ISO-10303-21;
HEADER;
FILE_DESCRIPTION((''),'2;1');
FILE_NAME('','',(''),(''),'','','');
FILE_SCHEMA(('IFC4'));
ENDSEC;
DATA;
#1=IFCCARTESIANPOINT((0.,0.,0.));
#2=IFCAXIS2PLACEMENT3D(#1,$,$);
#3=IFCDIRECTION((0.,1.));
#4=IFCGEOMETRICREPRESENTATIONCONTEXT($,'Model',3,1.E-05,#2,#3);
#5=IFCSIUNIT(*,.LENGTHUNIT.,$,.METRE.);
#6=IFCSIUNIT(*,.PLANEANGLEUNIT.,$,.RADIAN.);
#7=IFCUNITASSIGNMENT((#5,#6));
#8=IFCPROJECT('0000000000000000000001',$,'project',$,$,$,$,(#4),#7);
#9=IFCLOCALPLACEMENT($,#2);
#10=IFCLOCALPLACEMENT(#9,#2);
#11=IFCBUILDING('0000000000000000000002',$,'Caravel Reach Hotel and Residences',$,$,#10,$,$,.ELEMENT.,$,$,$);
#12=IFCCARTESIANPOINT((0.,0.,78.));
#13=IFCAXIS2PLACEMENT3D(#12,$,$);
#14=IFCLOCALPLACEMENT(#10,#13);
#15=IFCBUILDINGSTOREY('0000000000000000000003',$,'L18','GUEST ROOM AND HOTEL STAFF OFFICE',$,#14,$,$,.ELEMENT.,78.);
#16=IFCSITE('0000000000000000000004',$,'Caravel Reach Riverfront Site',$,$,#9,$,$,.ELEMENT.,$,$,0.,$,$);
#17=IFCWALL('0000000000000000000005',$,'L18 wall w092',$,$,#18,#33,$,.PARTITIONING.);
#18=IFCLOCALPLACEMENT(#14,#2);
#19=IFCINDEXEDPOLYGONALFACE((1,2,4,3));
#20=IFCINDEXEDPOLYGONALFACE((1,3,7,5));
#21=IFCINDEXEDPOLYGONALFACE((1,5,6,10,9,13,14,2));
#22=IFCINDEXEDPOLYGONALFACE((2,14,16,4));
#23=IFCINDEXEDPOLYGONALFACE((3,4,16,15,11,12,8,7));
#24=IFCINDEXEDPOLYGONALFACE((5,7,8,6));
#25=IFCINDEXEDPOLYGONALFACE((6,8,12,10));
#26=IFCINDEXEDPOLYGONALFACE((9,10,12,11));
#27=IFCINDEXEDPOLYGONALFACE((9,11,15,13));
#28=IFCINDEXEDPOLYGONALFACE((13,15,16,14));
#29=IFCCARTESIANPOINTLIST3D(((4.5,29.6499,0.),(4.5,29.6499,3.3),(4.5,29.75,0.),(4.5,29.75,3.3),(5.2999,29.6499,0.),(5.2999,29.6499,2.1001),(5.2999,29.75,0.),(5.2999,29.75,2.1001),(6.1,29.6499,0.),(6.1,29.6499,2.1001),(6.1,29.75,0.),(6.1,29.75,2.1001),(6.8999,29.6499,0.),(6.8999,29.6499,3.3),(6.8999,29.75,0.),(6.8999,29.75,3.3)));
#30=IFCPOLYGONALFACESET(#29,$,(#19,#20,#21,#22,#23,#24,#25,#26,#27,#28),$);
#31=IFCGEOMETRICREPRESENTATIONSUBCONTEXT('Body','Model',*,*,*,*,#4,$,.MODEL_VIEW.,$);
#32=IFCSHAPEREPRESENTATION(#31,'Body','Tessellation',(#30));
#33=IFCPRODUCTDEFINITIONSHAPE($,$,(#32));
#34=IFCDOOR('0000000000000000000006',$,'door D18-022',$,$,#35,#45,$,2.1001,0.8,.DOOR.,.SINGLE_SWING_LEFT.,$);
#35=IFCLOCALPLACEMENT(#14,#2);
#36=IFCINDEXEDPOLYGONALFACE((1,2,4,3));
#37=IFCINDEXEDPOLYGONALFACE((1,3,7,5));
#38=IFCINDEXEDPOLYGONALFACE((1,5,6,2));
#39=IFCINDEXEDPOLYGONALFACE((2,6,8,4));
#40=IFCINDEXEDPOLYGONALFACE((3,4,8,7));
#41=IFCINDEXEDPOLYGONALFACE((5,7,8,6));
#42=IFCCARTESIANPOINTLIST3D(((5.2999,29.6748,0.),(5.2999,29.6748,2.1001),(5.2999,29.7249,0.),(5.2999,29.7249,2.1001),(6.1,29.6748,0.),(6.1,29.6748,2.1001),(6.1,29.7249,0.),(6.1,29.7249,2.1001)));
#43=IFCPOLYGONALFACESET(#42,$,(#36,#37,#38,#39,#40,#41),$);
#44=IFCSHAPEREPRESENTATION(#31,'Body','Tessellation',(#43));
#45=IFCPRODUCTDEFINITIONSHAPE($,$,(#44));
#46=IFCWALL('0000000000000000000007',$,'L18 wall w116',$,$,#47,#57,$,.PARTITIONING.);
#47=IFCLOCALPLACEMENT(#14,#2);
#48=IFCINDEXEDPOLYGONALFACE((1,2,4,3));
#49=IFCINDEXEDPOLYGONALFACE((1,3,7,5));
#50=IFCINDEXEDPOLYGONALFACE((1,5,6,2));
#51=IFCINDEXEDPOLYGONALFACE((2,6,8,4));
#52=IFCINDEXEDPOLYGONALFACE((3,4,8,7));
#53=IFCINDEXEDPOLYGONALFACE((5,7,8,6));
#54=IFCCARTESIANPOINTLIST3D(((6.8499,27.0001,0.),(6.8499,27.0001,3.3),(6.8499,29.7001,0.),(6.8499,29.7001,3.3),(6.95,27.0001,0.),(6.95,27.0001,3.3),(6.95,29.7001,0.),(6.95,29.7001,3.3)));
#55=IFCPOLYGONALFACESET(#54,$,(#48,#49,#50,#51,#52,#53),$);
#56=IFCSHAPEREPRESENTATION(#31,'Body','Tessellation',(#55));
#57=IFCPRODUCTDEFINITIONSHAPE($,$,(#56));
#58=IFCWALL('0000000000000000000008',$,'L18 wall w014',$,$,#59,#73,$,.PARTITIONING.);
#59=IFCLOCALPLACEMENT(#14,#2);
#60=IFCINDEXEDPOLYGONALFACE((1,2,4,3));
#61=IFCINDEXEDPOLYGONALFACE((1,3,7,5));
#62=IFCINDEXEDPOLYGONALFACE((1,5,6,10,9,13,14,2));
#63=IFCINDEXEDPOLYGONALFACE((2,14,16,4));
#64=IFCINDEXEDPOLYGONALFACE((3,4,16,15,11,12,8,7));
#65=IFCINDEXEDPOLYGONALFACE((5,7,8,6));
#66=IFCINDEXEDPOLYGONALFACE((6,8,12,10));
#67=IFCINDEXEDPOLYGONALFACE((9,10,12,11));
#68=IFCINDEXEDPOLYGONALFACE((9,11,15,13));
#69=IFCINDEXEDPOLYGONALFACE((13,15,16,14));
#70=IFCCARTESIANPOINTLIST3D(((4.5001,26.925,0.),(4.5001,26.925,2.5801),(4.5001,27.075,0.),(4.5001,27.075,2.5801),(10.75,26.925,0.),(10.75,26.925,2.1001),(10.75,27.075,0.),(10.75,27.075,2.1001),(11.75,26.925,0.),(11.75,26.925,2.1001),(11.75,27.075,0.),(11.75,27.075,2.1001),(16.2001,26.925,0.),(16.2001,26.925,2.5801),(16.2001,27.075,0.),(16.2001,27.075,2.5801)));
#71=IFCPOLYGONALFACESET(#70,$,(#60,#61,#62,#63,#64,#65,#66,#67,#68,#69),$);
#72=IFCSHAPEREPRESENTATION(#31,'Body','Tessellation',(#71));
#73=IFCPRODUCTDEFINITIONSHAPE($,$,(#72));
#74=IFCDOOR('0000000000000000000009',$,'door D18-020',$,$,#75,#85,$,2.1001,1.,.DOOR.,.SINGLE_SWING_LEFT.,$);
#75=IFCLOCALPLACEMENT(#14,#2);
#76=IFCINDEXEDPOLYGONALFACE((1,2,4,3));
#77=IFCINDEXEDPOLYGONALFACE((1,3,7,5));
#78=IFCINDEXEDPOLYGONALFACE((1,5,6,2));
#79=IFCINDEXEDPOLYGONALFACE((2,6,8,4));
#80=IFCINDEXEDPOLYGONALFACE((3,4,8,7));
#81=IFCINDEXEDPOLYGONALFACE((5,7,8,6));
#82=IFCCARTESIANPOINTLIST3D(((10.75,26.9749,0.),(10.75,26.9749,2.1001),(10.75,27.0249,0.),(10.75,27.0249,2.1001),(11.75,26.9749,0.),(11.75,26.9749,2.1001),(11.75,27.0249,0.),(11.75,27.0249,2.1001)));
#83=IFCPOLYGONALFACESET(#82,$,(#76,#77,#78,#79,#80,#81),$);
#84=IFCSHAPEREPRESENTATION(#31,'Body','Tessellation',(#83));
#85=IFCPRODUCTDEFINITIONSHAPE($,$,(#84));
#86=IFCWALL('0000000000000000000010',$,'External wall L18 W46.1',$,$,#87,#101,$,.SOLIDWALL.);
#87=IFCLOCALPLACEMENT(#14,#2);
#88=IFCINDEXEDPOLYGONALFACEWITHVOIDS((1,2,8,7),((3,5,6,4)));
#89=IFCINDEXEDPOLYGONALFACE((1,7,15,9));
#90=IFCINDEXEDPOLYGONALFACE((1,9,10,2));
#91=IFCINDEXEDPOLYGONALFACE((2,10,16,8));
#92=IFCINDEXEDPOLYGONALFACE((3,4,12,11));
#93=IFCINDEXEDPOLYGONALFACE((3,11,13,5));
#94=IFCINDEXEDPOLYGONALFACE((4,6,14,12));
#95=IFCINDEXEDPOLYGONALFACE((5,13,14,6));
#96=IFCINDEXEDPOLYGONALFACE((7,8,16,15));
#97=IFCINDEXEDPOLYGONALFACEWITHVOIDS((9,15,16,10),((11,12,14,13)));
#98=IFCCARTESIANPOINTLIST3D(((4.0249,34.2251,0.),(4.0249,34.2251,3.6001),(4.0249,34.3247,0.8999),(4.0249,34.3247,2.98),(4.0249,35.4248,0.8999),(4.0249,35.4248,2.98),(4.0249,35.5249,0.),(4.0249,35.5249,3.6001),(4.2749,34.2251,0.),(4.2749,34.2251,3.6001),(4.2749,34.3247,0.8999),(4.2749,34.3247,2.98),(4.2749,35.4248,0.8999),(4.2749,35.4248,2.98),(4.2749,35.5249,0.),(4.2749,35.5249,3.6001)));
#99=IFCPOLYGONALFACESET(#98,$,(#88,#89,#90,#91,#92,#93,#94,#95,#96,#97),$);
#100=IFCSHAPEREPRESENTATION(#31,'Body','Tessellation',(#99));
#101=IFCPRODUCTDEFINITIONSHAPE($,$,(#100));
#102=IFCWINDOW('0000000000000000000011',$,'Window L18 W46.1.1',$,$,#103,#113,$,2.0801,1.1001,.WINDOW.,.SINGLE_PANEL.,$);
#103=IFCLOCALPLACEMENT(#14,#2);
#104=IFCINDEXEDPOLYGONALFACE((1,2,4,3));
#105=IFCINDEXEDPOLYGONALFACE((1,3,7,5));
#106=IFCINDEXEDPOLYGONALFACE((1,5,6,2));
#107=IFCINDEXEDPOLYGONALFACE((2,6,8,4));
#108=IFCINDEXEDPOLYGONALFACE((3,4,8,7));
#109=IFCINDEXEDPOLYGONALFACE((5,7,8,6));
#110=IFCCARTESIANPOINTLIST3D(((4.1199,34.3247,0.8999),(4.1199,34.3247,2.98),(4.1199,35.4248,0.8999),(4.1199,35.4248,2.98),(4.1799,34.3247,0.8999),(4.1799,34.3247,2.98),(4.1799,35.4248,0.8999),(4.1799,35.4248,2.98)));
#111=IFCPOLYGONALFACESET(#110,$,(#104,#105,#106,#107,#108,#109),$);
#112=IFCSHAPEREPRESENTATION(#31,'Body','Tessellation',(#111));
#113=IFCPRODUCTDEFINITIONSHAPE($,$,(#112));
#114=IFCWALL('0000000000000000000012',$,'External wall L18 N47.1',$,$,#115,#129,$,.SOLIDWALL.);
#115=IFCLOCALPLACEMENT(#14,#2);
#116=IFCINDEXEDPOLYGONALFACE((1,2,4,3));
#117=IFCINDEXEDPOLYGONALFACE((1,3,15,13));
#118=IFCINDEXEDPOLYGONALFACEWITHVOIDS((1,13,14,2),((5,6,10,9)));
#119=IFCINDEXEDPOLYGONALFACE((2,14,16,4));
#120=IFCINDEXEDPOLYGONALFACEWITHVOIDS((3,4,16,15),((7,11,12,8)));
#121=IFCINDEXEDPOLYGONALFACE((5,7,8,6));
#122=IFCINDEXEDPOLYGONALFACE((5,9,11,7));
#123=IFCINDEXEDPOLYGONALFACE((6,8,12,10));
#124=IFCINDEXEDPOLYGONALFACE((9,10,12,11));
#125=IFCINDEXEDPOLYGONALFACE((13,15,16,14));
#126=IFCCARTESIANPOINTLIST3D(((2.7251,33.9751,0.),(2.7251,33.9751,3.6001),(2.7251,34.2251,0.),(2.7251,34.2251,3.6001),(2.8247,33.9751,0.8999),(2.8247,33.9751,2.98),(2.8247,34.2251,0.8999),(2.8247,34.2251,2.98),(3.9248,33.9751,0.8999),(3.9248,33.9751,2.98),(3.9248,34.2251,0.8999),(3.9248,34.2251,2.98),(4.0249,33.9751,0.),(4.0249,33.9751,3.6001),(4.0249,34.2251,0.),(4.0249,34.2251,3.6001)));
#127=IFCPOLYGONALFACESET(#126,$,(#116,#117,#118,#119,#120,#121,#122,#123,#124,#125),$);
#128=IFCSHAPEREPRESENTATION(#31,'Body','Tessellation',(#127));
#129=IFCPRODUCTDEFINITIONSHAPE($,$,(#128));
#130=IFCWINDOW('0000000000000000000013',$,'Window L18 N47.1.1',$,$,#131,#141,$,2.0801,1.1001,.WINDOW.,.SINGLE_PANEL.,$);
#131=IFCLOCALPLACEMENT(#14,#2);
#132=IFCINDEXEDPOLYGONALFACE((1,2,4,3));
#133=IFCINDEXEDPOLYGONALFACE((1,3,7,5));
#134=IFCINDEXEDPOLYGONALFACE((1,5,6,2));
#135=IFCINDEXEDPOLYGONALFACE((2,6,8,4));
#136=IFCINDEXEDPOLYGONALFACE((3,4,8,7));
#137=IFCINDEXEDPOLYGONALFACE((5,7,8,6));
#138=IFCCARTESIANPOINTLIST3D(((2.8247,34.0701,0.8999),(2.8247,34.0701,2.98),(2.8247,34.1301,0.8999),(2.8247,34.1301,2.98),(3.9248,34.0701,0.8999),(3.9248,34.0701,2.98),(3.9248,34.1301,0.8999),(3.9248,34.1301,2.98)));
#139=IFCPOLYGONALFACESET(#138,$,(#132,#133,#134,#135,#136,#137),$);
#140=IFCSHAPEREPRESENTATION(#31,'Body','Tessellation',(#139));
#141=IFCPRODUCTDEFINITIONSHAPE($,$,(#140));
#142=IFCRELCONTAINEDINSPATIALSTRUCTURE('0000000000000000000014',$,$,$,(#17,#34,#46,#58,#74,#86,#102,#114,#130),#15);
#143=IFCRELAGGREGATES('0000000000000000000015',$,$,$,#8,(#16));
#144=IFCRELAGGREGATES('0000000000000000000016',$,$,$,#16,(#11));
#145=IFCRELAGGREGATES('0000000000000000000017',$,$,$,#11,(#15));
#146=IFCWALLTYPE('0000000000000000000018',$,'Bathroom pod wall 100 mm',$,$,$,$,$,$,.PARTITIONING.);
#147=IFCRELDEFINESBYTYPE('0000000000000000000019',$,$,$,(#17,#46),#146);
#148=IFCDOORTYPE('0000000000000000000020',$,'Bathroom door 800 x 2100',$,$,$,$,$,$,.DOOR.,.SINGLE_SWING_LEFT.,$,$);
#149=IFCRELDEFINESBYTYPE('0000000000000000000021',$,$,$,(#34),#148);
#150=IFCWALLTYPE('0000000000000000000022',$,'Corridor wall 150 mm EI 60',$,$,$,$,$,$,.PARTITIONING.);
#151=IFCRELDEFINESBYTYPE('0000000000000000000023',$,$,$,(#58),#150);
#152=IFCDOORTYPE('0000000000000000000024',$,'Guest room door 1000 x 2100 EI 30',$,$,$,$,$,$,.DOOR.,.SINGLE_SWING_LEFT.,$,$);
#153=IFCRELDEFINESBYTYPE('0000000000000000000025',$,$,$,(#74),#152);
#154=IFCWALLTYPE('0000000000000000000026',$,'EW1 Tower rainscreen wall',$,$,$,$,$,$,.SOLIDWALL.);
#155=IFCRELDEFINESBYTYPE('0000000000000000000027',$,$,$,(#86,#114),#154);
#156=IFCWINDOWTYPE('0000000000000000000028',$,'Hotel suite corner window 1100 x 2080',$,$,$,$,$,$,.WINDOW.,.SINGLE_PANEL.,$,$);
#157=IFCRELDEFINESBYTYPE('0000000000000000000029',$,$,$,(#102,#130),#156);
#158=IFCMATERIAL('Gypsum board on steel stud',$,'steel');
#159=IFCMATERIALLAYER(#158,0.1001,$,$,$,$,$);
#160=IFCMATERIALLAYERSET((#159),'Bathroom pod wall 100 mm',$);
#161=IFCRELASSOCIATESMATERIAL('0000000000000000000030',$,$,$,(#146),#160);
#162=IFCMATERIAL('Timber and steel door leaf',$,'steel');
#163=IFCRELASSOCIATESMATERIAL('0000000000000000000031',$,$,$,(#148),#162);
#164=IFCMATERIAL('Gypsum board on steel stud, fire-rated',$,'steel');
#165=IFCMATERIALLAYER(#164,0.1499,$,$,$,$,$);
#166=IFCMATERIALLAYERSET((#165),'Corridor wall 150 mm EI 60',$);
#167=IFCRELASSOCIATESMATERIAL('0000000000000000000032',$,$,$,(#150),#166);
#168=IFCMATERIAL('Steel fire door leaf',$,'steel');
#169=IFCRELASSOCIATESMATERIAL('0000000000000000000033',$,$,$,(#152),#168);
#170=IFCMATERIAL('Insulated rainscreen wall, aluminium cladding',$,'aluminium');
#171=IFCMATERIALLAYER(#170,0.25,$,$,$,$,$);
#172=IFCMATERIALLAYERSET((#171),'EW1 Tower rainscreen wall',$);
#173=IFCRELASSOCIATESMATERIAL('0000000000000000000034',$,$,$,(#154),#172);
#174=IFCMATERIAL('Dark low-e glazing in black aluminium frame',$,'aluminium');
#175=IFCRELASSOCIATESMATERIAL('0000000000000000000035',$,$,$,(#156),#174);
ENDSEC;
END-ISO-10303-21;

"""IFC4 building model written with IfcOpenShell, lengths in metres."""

from ifc_helpers import new_model, si_unit, direction, frame, frame_2d, origin, place, context, subcontext, project, spatial, rectangle, extrude, material, layer, layer_set, type_object, element, fill, save


model = new_model("IFC4")

# Units and contexts
model_context = context("Model", 3, precision=1e-05, world=origin(), true_north=direction((0.0, 1.0)))
body_context = subcontext(model_context, "Body", "Model", "MODEL_VIEW")
ifc_project = project(units=[si_unit("LENGTHUNIT", "METRE"), si_unit("PLANEANGLEUNIT", "RADIAN")], contexts=[model_context])

# Site, building, storey
site_placement = place(None, origin())
site = spatial("IfcSite", under=ifc_project, at=site_placement, Name="Caravel Reach Riverfront Site", CompositionType="ELEMENT", RefElevation=0.0)
building_placement = place(site_placement, origin())
building = spatial("IfcBuilding", under=site, at=building_placement, Name="Caravel Reach Hotel and Residences", CompositionType="ELEMENT")
storey_placement = place(building_placement, frame((0.0, 0.0, 78.0)))
storey = spatial("IfcBuildingStorey", under=building, at=storey_placement, Name="L18", Description="GUEST ROOM AND HOTEL STAFF OFFICE", CompositionType="ELEMENT", Elevation=78.0)

# Wall, opening, door
ifc_material_1 = material(Name="Gypsum board on steel stud", Category="steel")
ifc_layer_1 = layer(ifc_material_1, 0.1001)
ifc_layer_set_1 = layer_set([ifc_layer_1], Name="Bathroom pod wall 100 mm")
wall_type_1 = type_object("IfcWallType", Name="Bathroom pod wall 100 mm", PredefinedType="PARTITIONING", material=ifc_layer_set_1)
wall_1_placement = place(storey_placement, frame((4.5, 29.7, 0.0), z_axis=(0.0, 0.0, 1.0), x_axis=(1.0, 0.0, 0.0)))
wall_1 = element("IfcWall", 1, at=wall_1_placement, inside=storey, type_object=wall_type_1, Name="L18 wall w092", PredefinedType="PARTITIONING", context=body_context, shape_type="SweptSolid", body=[
    extrude(rectangle(XDim=2.3999, YDim=0.1001, at=frame_2d((1.2, 0.0))), origin(), (0.0, 0.0, 1.0), 3.3),
])
opening_1_placement = place(wall_1_placement, frame((0.8, 0.0, 0.0)))
opening_1 = element("IfcOpeningElement", 2, at=opening_1_placement, cuts=wall_1, PredefinedType="OPENING", context=body_context, shape_type="SweptSolid", body=[
    extrude(rectangle(XDim=0.8, YDim=2.1001, at=frame_2d((0.3999, 1.05))), frame((0.0, 0.0601, 0.0), z_axis=(0.0, -1.0, 0.0), x_axis=(1.0, 0.0, 0.0)), (0.0, 0.0, 1.0), 0.1201),
])
ifc_material_2 = material(Name="Timber and steel door leaf", Category="steel")
door_type_1 = type_object("IfcDoorType", Name="Bathroom door 800 x 2100", OperationType="SINGLE_SWING_LEFT", PredefinedType="DOOR", material=ifc_material_2)
door_1_placement = place(opening_1_placement, origin())
door_1 = element("IfcDoor", 3, at=door_1_placement, inside=storey, type_object=door_type_1, Name="door D18-022", OperationType="SINGLE_SWING_LEFT", OverallHeight=2.1001, OverallWidth=0.8, PredefinedType="DOOR", context=body_context, shape_type="SweptSolid", body=[
    extrude(rectangle(XDim=0.8, YDim=2.1001, at=frame_2d((0.3999, 1.05))), frame((0.0, 0.0249, 0.0), z_axis=(0.0, -1.0, 0.0), x_axis=(1.0, 0.0, 0.0)), (0.0, 0.0, 1.0), 0.05),
])
fill(opening_1, door_1)

# Wall
wall_2_placement = place(storey_placement, frame((6.8999, 27.0, 0.0), z_axis=(0.0, 0.0, 1.0), x_axis=(0.0, 1.0, 0.0)))
element("IfcWall", 4, at=wall_2_placement, inside=storey, type_object=wall_type_1, Name="L18 wall w116", PredefinedType="PARTITIONING", context=body_context, shape_type="SweptSolid", body=[
    extrude(rectangle(XDim=2.7, YDim=0.1001, at=frame_2d((1.3501, 0.0))), origin(), (0.0, 0.0, 1.0), 3.3),
])

# Wall, opening, door
ifc_material_3 = material(Name="Gypsum board on steel stud, fire-rated", Category="steel")
ifc_layer_2 = layer(ifc_material_3, 0.1499)
ifc_layer_set_2 = layer_set([ifc_layer_2], Name="Corridor wall 150 mm EI 60")
wall_type_2 = type_object("IfcWallType", Name="Corridor wall 150 mm EI 60", PredefinedType="PARTITIONING", material=ifc_layer_set_2)
wall_3_placement = place(storey_placement, frame((4.5, 27.0, 0.0), z_axis=(0.0, 0.0, 1.0), x_axis=(1.0, 0.0, 0.0)))
wall_3 = element("IfcWall", 5, at=wall_3_placement, inside=storey, type_object=wall_type_2, Name="L18 wall w014", PredefinedType="PARTITIONING", context=body_context, shape_type="SweptSolid", body=[
    extrude(rectangle(XDim=11.7, YDim=0.1499, at=frame_2d((5.8501, 0.0))), origin(), (0.0, 0.0, 1.0), 2.5801),
])
opening_2_placement = place(wall_3_placement, frame((6.25, 0.0, 0.0)))
opening_2 = element("IfcOpeningElement", 6, at=opening_2_placement, cuts=wall_3, PredefinedType="OPENING", context=body_context, shape_type="SweptSolid", body=[
    extrude(rectangle(XDim=1.0, YDim=2.1001, at=frame_2d((0.5, 1.05))), frame((0.0, 0.085, 0.0), z_axis=(0.0, -1.0, 0.0), x_axis=(1.0, 0.0, 0.0)), (0.0, 0.0, 1.0), 0.1699),
])
ifc_material_4 = material(Name="Steel fire door leaf", Category="steel")
door_type_2 = type_object("IfcDoorType", Name="Guest room door 1000 x 2100 EI 30", OperationType="SINGLE_SWING_LEFT", PredefinedType="DOOR", material=ifc_material_4)
door_2_placement = place(opening_2_placement, origin())
door_2 = element("IfcDoor", 7, at=door_2_placement, inside=storey, type_object=door_type_2, Name="door D18-020", OperationType="SINGLE_SWING_LEFT", OverallHeight=2.1001, OverallWidth=1.0, PredefinedType="DOOR", context=body_context, shape_type="SweptSolid", body=[
    extrude(rectangle(XDim=1.0, YDim=2.1001, at=frame_2d((0.5, 1.05))), frame((0.0, 0.0249, 0.0), z_axis=(0.0, -1.0, 0.0), x_axis=(1.0, 0.0, 0.0)), (0.0, 0.0, 1.0), 0.05),
])
fill(opening_2, door_2)

# Walls, openings, windows
ifc_material_5 = material(Name="Insulated rainscreen wall, aluminium cladding", Category="aluminium")
ifc_layer_3 = layer(ifc_material_5, 0.25)
ifc_layer_set_3 = layer_set([ifc_layer_3], Name="EW1 Tower rainscreen wall")
wall_type_3 = type_object("IfcWallType", Name="EW1 Tower rainscreen wall", PredefinedType="SOLIDWALL", material=ifc_layer_set_3)
wall_4_placement = place(storey_placement, frame((4.1499, 35.5249, 0.0), z_axis=(0.0, 0.0, 1.0), x_axis=(0.0, -1.0, 0.0)))
wall_4 = element("IfcWall", 8, at=wall_4_placement, inside=storey, type_object=wall_type_3, Name="External wall L18 W46.1", PredefinedType="SOLIDWALL", context=body_context, shape_type="SweptSolid", body=[
    extrude(rectangle(XDim=1.2998, YDim=0.25, at=frame_2d((0.6499, 0.0))), origin(), (0.0, 0.0, 1.0), 3.6001),
])
opening_3_placement = place(wall_4_placement, frame((0.1001, 0.0, 0.8999)))
opening_3 = element("IfcOpeningElement", 9, at=opening_3_placement, cuts=wall_4, PredefinedType="OPENING", context=body_context, shape_type="SweptSolid", body=[
    extrude(rectangle(XDim=1.1001, YDim=2.0801, at=frame_2d((0.55, 1.04))), frame((0.0, 0.135, 0.0), z_axis=(0.0, -1.0, 0.0), x_axis=(1.0, 0.0, 0.0)), (0.0, 0.0, 1.0), 0.27),
])
ifc_material_6 = material(Name="Dark low-e glazing in black aluminium frame", Category="aluminium")
window_type_1 = type_object("IfcWindowType", Name="Hotel suite corner window 1100 x 2080", PartitioningType="SINGLE_PANEL", PredefinedType="WINDOW", material=ifc_material_6)
window_1_placement = place(opening_3_placement, origin())
window_1 = element("IfcWindow", 10, at=window_1_placement, inside=storey, type_object=window_type_1, Name="Window L18 W46.1.1", OverallHeight=2.0801, OverallWidth=1.1001, PartitioningType="SINGLE_PANEL", PredefinedType="WINDOW", context=body_context, shape_type="SweptSolid", body=[
    extrude(rectangle(XDim=1.1001, YDim=2.0801, at=frame_2d((0.55, 1.04))), frame((0.0, 0.03, 0.0), z_axis=(0.0, -1.0, 0.0), x_axis=(1.0, 0.0, 0.0)), (0.0, 0.0, 1.0), 0.0601),
])
fill(opening_3, window_1)
wall_5_placement = place(storey_placement, frame((4.0249, 34.1001, 0.0), z_axis=(0.0, 0.0, 1.0), x_axis=(-1.0, 0.0, 0.0)))
wall_5 = element("IfcWall", 11, at=wall_5_placement, inside=storey, type_object=wall_type_3, Name="External wall L18 N47.1", PredefinedType="SOLIDWALL", context=body_context, shape_type="SweptSolid", body=[
    extrude(rectangle(XDim=1.2998, YDim=0.25, at=frame_2d((0.6499, 0.0))), origin(), (0.0, 0.0, 1.0), 3.6001),
])
opening_4_placement = place(wall_5_placement, frame((0.1001, 0.0, 0.8999)))
opening_4 = element("IfcOpeningElement", 12, at=opening_4_placement, cuts=wall_5, PredefinedType="OPENING", context=body_context, shape_type="SweptSolid", body=[
    extrude(rectangle(XDim=1.1001, YDim=2.0801, at=frame_2d((0.55, 1.04))), frame((0.0, 0.135, 0.0), z_axis=(0.0, -1.0, 0.0), x_axis=(1.0, 0.0, 0.0)), (0.0, 0.0, 1.0), 0.27),
])
window_2_placement = place(opening_4_placement, origin())
window_2 = element("IfcWindow", 13, at=window_2_placement, inside=storey, type_object=window_type_1, Name="Window L18 N47.1.1", OverallHeight=2.0801, OverallWidth=1.1001, PartitioningType="SINGLE_PANEL", PredefinedType="WINDOW", context=body_context, shape_type="SweptSolid", body=[
    extrude(rectangle(XDim=1.1001, YDim=2.0801, at=frame_2d((0.55, 1.04))), frame((0.0, 0.03, 0.0), z_axis=(0.0, -1.0, 0.0), x_axis=(1.0, 0.0, 0.0)), (0.0, 0.0, 1.0), 0.0601),
])
fill(opening_4, window_2)

save(model, "model.ifc")
